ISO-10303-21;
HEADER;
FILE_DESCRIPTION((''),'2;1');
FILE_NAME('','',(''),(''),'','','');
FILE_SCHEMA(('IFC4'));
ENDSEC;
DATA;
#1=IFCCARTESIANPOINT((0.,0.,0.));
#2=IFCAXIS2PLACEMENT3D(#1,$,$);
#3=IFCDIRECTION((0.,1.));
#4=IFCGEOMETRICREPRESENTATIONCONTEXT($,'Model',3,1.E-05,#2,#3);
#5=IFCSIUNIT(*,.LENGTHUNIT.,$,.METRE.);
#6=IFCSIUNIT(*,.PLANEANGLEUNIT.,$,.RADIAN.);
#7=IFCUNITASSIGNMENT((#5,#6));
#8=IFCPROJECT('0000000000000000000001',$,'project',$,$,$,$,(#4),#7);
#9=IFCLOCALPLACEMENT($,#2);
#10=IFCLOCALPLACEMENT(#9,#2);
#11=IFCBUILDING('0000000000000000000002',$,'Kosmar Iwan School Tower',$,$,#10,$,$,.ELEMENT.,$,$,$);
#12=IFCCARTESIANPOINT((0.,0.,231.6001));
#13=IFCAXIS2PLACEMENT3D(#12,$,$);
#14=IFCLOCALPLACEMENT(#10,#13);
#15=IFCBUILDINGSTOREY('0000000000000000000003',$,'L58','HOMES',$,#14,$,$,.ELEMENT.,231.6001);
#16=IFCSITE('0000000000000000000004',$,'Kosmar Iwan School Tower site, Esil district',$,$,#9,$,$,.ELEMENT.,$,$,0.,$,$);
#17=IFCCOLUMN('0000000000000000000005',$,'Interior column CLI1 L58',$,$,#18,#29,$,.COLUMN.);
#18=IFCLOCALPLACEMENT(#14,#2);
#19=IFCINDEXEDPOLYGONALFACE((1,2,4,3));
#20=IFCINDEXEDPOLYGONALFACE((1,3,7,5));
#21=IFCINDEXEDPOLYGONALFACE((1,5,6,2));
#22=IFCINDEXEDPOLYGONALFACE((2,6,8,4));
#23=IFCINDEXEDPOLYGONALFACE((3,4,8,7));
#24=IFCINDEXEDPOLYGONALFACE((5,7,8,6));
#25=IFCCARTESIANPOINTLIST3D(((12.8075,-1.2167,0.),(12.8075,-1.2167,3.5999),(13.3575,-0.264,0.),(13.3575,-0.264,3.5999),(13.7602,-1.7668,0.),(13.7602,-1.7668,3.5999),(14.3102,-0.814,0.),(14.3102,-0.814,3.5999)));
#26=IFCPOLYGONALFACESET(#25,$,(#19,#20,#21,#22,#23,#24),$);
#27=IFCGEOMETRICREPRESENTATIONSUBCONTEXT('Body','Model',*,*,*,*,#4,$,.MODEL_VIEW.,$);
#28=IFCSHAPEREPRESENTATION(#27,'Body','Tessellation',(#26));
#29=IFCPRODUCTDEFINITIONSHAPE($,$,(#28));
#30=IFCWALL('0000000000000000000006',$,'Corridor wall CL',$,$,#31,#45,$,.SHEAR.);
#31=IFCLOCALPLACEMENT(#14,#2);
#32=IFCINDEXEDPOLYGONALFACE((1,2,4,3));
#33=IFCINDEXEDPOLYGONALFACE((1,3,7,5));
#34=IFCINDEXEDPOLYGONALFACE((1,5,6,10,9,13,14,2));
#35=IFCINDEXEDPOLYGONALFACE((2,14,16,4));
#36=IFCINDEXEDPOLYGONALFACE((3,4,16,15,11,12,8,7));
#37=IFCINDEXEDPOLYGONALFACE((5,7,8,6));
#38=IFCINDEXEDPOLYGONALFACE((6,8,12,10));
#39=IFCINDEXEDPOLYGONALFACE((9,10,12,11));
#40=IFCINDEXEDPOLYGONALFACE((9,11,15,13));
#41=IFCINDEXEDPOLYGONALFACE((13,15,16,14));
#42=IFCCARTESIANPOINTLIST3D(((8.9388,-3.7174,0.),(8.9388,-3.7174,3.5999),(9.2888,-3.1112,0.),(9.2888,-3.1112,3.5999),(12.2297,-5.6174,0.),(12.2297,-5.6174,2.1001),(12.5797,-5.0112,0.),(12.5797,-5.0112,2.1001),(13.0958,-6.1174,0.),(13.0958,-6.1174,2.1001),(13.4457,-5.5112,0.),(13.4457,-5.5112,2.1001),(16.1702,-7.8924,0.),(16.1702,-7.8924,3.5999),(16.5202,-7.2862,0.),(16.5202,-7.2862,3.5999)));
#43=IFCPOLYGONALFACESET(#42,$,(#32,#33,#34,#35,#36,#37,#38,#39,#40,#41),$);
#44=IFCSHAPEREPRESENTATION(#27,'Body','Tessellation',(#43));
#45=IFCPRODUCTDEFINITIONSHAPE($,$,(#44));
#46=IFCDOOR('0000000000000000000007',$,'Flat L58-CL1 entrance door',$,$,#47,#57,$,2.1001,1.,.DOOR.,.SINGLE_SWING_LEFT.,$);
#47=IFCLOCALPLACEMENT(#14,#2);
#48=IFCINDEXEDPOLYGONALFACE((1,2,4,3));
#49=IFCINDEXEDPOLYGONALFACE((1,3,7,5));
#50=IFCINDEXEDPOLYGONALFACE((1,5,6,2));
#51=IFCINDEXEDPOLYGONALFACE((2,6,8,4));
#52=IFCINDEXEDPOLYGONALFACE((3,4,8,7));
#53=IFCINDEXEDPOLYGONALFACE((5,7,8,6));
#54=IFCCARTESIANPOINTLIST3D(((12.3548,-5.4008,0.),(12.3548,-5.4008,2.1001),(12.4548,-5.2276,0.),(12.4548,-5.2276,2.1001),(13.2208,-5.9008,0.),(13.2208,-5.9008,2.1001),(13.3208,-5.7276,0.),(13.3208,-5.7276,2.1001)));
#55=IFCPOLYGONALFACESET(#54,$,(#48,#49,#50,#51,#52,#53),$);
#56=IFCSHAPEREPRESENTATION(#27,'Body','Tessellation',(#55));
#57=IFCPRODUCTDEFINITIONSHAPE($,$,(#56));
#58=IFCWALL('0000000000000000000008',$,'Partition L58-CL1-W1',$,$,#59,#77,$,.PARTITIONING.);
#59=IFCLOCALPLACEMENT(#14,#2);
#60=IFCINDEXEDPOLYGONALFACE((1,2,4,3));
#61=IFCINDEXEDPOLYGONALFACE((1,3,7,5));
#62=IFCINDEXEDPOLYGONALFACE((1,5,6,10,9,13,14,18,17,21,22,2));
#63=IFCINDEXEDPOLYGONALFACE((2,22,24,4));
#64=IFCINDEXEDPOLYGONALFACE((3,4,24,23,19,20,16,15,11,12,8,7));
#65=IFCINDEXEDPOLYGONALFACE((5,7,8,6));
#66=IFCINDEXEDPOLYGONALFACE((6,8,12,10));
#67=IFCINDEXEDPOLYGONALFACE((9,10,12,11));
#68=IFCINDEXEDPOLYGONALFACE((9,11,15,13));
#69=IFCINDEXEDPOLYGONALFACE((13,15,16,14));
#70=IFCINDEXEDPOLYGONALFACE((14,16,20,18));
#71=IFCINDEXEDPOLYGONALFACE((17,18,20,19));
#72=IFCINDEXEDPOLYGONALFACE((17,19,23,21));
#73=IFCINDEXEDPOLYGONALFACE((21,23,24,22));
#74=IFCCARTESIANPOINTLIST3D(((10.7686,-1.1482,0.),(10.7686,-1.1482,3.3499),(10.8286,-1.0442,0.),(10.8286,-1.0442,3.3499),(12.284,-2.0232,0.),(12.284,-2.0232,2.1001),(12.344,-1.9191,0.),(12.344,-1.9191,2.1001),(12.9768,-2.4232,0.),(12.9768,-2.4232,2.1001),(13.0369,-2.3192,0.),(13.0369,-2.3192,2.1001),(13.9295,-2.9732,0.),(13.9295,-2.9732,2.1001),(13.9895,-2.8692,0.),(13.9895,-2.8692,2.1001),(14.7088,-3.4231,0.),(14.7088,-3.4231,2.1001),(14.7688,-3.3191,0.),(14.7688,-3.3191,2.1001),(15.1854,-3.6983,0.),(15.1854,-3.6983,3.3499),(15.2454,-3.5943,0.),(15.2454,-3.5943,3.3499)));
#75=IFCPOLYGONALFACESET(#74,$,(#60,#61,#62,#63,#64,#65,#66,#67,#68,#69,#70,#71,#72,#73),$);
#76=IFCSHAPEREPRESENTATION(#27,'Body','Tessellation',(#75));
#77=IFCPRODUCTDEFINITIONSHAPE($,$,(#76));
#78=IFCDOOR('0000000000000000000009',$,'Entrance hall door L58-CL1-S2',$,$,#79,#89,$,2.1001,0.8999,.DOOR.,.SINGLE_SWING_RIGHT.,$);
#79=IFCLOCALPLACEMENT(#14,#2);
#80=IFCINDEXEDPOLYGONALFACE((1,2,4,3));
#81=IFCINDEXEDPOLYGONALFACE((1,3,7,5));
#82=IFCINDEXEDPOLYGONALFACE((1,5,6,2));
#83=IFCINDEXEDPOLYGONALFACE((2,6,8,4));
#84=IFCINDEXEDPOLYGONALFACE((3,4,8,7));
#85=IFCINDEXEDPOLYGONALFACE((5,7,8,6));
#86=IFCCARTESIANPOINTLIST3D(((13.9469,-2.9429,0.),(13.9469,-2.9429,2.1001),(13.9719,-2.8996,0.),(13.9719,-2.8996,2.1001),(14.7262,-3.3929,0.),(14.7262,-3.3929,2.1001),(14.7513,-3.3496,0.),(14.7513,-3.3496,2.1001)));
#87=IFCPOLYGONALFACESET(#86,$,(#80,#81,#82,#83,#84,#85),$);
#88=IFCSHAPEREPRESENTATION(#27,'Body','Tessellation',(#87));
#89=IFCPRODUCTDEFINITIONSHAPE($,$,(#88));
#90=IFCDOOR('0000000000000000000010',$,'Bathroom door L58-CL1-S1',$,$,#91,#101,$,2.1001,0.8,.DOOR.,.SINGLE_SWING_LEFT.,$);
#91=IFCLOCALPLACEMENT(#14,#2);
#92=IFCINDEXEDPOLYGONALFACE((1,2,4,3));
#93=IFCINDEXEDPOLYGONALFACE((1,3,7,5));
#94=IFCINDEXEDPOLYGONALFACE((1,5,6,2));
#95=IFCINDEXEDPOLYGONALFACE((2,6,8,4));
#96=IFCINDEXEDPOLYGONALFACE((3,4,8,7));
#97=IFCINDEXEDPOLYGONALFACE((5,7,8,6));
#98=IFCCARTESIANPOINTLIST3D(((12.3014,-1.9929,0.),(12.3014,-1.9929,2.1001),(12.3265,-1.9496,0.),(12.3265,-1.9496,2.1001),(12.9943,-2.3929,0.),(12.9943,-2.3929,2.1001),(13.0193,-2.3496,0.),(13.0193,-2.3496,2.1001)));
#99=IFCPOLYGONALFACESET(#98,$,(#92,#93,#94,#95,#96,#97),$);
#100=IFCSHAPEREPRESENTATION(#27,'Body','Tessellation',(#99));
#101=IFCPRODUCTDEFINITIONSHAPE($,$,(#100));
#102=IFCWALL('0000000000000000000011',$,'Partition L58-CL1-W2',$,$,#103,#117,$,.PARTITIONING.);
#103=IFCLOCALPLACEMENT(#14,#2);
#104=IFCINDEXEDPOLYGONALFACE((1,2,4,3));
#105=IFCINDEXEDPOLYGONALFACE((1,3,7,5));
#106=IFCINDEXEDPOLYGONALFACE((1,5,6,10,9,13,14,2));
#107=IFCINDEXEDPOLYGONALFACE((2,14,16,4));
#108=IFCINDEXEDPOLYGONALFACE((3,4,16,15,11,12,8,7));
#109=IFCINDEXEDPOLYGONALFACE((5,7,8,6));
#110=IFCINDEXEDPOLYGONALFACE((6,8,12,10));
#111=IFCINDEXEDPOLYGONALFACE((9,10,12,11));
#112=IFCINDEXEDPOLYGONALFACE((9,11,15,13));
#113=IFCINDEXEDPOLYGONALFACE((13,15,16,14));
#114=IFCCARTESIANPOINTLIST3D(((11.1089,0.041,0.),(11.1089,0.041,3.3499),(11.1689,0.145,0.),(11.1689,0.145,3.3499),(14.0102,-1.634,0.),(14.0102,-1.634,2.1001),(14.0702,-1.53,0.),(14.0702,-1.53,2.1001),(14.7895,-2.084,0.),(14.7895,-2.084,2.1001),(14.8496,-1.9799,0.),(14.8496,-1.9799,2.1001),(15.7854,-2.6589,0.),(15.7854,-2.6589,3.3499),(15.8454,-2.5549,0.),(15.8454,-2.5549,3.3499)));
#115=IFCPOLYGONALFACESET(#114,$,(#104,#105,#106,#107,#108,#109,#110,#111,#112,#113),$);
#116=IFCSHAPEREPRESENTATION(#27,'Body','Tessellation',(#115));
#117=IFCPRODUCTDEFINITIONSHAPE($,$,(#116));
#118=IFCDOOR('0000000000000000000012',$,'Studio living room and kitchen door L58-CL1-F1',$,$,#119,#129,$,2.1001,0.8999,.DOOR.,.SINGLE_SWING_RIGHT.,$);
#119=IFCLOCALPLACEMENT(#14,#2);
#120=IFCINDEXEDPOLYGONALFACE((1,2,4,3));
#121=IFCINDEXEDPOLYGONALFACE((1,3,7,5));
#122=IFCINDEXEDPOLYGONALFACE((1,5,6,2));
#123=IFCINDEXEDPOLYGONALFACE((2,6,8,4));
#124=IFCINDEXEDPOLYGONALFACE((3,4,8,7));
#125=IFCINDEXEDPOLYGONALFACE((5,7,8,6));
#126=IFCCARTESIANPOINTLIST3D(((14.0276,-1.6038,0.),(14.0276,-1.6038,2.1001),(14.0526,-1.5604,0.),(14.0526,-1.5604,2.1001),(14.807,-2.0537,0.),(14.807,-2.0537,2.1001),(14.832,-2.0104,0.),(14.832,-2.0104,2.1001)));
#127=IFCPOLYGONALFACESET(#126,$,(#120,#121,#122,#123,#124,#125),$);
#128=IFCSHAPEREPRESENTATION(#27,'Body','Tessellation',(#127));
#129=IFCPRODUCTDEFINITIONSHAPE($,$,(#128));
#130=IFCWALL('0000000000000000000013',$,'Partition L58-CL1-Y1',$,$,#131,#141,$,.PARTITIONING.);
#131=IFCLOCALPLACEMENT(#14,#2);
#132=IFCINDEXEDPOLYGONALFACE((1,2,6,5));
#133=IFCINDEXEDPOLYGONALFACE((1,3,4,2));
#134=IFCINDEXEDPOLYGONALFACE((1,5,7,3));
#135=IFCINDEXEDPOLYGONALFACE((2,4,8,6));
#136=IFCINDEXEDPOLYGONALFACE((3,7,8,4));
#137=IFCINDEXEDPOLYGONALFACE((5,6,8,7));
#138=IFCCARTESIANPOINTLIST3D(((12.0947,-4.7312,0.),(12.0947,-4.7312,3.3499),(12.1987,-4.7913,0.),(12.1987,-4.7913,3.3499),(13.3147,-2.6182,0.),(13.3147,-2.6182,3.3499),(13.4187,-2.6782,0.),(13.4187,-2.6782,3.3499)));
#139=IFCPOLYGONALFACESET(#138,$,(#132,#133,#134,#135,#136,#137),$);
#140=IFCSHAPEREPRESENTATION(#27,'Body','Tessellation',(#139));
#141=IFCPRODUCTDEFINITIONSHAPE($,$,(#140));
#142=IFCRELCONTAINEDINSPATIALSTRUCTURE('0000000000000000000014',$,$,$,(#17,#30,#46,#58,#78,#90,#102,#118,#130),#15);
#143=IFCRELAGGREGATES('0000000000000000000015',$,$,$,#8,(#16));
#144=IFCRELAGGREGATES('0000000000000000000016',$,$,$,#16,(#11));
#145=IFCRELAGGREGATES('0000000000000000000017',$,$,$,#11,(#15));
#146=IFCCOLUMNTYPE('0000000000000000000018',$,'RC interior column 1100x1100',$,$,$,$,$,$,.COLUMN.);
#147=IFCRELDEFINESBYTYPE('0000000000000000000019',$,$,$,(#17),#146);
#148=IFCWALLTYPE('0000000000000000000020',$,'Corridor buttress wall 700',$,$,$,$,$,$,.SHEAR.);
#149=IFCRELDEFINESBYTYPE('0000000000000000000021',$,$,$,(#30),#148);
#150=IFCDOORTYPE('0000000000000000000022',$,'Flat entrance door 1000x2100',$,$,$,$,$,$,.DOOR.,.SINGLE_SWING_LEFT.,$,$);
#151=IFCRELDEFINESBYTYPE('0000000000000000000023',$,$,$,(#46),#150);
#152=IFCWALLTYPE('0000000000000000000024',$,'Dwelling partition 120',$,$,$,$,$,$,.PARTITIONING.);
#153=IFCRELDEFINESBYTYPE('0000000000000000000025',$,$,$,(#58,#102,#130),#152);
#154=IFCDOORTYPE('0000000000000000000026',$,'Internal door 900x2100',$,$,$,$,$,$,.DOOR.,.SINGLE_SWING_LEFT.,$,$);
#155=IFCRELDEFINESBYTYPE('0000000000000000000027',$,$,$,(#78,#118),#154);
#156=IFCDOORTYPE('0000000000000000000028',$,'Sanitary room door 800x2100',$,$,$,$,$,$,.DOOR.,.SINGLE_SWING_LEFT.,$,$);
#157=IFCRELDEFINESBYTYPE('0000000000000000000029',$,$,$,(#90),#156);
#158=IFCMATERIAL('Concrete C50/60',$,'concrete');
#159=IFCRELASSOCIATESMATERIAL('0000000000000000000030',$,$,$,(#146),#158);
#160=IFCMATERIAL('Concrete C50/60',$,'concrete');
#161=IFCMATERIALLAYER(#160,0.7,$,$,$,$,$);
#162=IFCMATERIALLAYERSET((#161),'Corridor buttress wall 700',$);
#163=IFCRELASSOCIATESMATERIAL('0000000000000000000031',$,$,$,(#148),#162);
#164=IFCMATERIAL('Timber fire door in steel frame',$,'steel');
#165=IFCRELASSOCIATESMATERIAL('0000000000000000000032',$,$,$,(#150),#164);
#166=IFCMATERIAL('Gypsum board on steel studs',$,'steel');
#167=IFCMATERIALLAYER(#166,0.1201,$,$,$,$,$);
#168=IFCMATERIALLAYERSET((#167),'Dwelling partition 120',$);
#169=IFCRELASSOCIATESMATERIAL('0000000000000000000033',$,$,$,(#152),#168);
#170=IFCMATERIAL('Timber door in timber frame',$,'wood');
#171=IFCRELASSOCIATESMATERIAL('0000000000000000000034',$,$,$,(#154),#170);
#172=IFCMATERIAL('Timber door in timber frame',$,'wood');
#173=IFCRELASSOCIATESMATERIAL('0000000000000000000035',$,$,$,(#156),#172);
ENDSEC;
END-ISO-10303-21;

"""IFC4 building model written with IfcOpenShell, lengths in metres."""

from ifc_helpers import new_model, si_unit, direction, frame, frame_2d, origin, origin_2d, place, context, subcontext, project, spatial, rectangle, extrude, material, layer, layer_set, material_profile, profile_set, type_object, element, fill, save


model = new_model("IFC4")

# Units and contexts
model_context = context("Model", 3, precision=1e-05, world=origin(), true_north=direction((0.0, 1.0)))
body_context = subcontext(model_context, "Body", "Model", "MODEL_VIEW")
ifc_project = project(units=[si_unit("LENGTHUNIT", "METRE"), si_unit("PLANEANGLEUNIT", "RADIAN")], contexts=[model_context])

# Site, building, storey
site_placement = place(None, origin())
site = spatial("IfcSite", under=ifc_project, at=site_placement, Name="Kosmar Iwan School Tower site, Esil district", CompositionType="ELEMENT", RefElevation=0.0)
building_placement = place(site_placement, origin())
building = spatial("IfcBuilding", under=site, at=building_placement, Name="Kosmar Iwan School Tower", CompositionType="ELEMENT")
storey_placement = place(building_placement, frame((0.0, 0.0, 231.6001)))
storey = spatial("IfcBuildingStorey", under=building, at=storey_placement, Name="L58", Description="HOMES", CompositionType="ELEMENT", Elevation=231.6001)

# Column
ifc_material_1 = material(Name="Concrete C50/60", Category="concrete")
ifc_material_profile = material_profile(ifc_material_1, rectangle(XDim=1.1001, YDim=1.1001, at=origin_2d()), Name="RC 1100x1100")
ifc_profile_set = profile_set([ifc_material_profile], Name="Concrete C50/60")
column_type = type_object("IfcColumnType", Name="RC interior column 1100x1100", PredefinedType="COLUMN", material=ifc_profile_set)
column_placement = place(storey_placement, frame((13.5588, -1.0154, 0.0), z_axis=(0.0, 0.0, 1.0), x_axis=(0.866025, -0.5, 0.0)))
element("IfcColumn", 1, at=column_placement, inside=storey, type_object=column_type, Name="Interior column CLI1 L58", PredefinedType="COLUMN", context=body_context, shape_type="SweptSolid", body=[
    extrude(rectangle(XDim=1.1001, YDim=1.1001, at=origin_2d()), origin(), (0.0, 0.0, 1.0), 3.5999),
])

# Wall, opening, door
ifc_material_2 = material(Name="Concrete C50/60", Category="concrete")
ifc_layer_1 = layer(ifc_material_2, 0.7)
ifc_layer_set_1 = layer_set([ifc_layer_1], Name="Corridor buttress wall 700")
wall_type_1 = type_object("IfcWallType", Name="Corridor buttress wall 700", PredefinedType="SHEAR", material=ifc_layer_set_1)
wall_1_placement = place(storey_placement, frame((9.1138, -3.4143, 0.0), z_axis=(0.0, 0.0, 1.0), x_axis=(0.866027, -0.499997, 0.0)))
wall_1 = element("IfcWall", 2, at=wall_1_placement, inside=storey, type_object=wall_type_1, Name="Corridor wall CL", PredefinedType="SHEAR", context=body_context, shape_type="SweptSolid", body=[
    extrude(rectangle(XDim=8.3501, YDim=0.7, at=frame_2d((4.175, 0.0))), origin(), (0.0, 0.0, 1.0), 3.5999),
])
opening_1_placement = place(wall_1_placement, frame((3.8, 0.0, 0.0)))
opening_1 = element("IfcOpeningElement", 3, at=opening_1_placement, cuts=wall_1, PredefinedType="OPENING", context=body_context, shape_type="SweptSolid", body=[
    extrude(rectangle(XDim=1.0, YDim=2.1001, at=frame_2d((0.5, 1.05))), frame((0.0, 0.3621, 0.0), z_axis=(0.0, -1.0, 0.0), x_axis=(1.0, 0.0, 0.0)), (0.0, 0.0, 1.0), 0.7239),
])
ifc_material_3 = material(Name="Timber fire door in steel frame", Category="steel")
door_type_1 = type_object("IfcDoorType", Name="Flat entrance door 1000x2100", OperationType="SINGLE_SWING_LEFT", PredefinedType="DOOR", material=ifc_material_3)
door_1_placement = place(opening_1_placement, origin())
door_1 = element("IfcDoor", 4, at=door_1_placement, inside=storey, type_object=door_type_1, Name="Flat L58-CL1 entrance door", OperationType="SINGLE_SWING_LEFT", OverallHeight=2.1001, OverallWidth=1.0, PredefinedType="DOOR", context=body_context, shape_type="SweptSolid", body=[
    extrude(rectangle(XDim=1.0, YDim=2.1001, at=frame_2d((0.5, 1.05))), frame((0.0, 0.1001, 0.0), z_axis=(0.0, -1.0, 0.0), x_axis=(1.0, 0.0, 0.0)), (0.0, 0.0, 1.0), 0.2),
])
fill(opening_1, door_1)

# Wall, openings, doors
ifc_material_4 = material(Name="Gypsum board on steel studs", Category="steel")
ifc_layer_2 = layer(ifc_material_4, 0.1201)
ifc_layer_set_2 = layer_set([ifc_layer_2], Name="Dwelling partition 120")
wall_type_2 = type_object("IfcWallType", Name="Dwelling partition 120", PredefinedType="PARTITIONING", material=ifc_layer_set_2)
wall_2_placement = place(storey_placement, frame((10.7986, -1.0962, 0.0), z_axis=(0.0, 0.0, 1.0), x_axis=(0.866022, -0.500006, 0.0)))
wall_2 = element("IfcWall", 5, at=wall_2_placement, inside=storey, type_object=wall_type_2, Name="Partition L58-CL1-W1", PredefinedType="PARTITIONING", context=body_context, shape_type="SweptSolid", body=[
    extrude(rectangle(XDim=5.1001, YDim=0.1201, at=frame_2d((2.55, 0.0))), origin(), (0.0, 0.0, 1.0), 3.3499),
])
opening_2_placement = place(wall_2_placement, frame((1.75, 0.0, 0.0)))
opening_2 = element("IfcOpeningElement", 6, at=opening_2_placement, cuts=wall_2, PredefinedType="OPENING", context=body_context, shape_type="SweptSolid", body=[
    extrude(rectangle(XDim=0.8, YDim=2.1001, at=frame_2d((0.3999, 1.05))), frame((0.0, 0.072, 0.0), z_axis=(0.0, -1.0, 0.0), x_axis=(1.0, 0.0, 0.0)), (0.0, 0.0, 1.0), 0.144),
])
opening_3_placement = place(wall_2_placement, frame((3.6499, 0.0, 0.0)))
opening_3 = element("IfcOpeningElement", 7, at=opening_3_placement, cuts=wall_2, PredefinedType="OPENING", context=body_context, shape_type="SweptSolid", body=[
    extrude(rectangle(XDim=0.8999, YDim=2.1001, at=frame_2d((0.45, 1.05))), frame((0.0, 0.072, 0.0), z_axis=(0.0, -1.0, 0.0), x_axis=(1.0, 0.0, 0.0)), (0.0, 0.0, 1.0), 0.144),
])
ifc_material_5 = material(Name="Timber door in timber frame", Category="wood")
door_type_2 = type_object("IfcDoorType", Name="Internal door 900x2100", OperationType="SINGLE_SWING_LEFT", PredefinedType="DOOR", material=ifc_material_5)
door_2_placement = place(opening_3_placement, origin())
door_2 = element("IfcDoor", 8, at=door_2_placement, inside=storey, type_object=door_type_2, Name="Entrance hall door L58-CL1-S2", OperationType="SINGLE_SWING_RIGHT", OverallHeight=2.1001, OverallWidth=0.8999, PredefinedType="DOOR", context=body_context, shape_type="SweptSolid", body=[
    extrude(rectangle(XDim=0.8999, YDim=2.1001, at=frame_2d((0.45, 1.05))), frame((0.0, 0.0249, 0.0), z_axis=(0.0, -1.0, 0.0), x_axis=(1.0, 0.0, 0.0)), (0.0, 0.0, 1.0), 0.05),
])
fill(opening_3, door_2)
ifc_material_6 = material(Name="Timber door in timber frame", Category="wood")
door_type_3 = type_object("IfcDoorType", Name="Sanitary room door 800x2100", OperationType="SINGLE_SWING_LEFT", PredefinedType="DOOR", material=ifc_material_6)
door_3_placement = place(opening_2_placement, origin())
door_3 = element("IfcDoor", 9, at=door_3_placement, inside=storey, type_object=door_type_3, Name="Bathroom door L58-CL1-S1", OperationType="SINGLE_SWING_LEFT", OverallHeight=2.1001, OverallWidth=0.8, PredefinedType="DOOR", context=body_context, shape_type="SweptSolid", body=[
    extrude(rectangle(XDim=0.8, YDim=2.1001, at=frame_2d((0.3999, 1.05))), frame((0.0, 0.0249, 0.0), z_axis=(0.0, -1.0, 0.0), x_axis=(1.0, 0.0, 0.0)), (0.0, 0.0, 1.0), 0.05),
])
fill(opening_2, door_3)

# Wall, opening, door
wall_3_placement = place(storey_placement, frame((11.1389, 0.093, 0.0), z_axis=(0.0, 0.0, 1.0), x_axis=(0.866028, -0.499995, 0.0)))
wall_3 = element("IfcWall", 10, at=wall_3_placement, inside=storey, type_object=wall_type_2, Name="Partition L58-CL1-W2", PredefinedType="PARTITIONING", context=body_context, shape_type="SweptSolid", body=[
    extrude(rectangle(XDim=5.3999, YDim=0.1201, at=frame_2d((2.7, 0.0))), origin(), (0.0, 0.0, 1.0), 3.3499),
])
opening_4_placement = place(wall_3_placement, frame((3.3501, 0.0, 0.0)))
opening_4 = element("IfcOpeningElement", 11, at=opening_4_placement, cuts=wall_3, PredefinedType="OPENING", context=body_context, shape_type="SweptSolid", body=[
    extrude(rectangle(XDim=0.8999, YDim=2.1001, at=frame_2d((0.45, 1.05))), frame((0.0, 0.072, 0.0), z_axis=(0.0, -1.0, 0.0), x_axis=(1.0, 0.0, 0.0)), (0.0, 0.0, 1.0), 0.144),
])
door_4_placement = place(opening_4_placement, origin())
door_4 = element("IfcDoor", 12, at=door_4_placement, inside=storey, type_object=door_type_2, Name="Studio living room and kitchen door L58-CL1-F1", OperationType="SINGLE_SWING_RIGHT", OverallHeight=2.1001, OverallWidth=0.8999, PredefinedType="DOOR", context=body_context, shape_type="SweptSolid", body=[
    extrude(rectangle(XDim=0.8999, YDim=2.1001, at=frame_2d((0.45, 1.05))), frame((0.0, 0.0249, 0.0), z_axis=(0.0, -1.0, 0.0), x_axis=(1.0, 0.0, 0.0)), (0.0, 0.0, 1.0), 0.05),
])
fill(opening_4, door_4)

# Wall
wall_4_placement = place(storey_placement, frame((12.1467, -4.7612, 0.0), z_axis=(0.0, 0.0, 1.0), x_axis=(0.500003, 0.866024, 0.0)))
element("IfcWall", 13, at=wall_4_placement, inside=storey, type_object=wall_type_2, Name="Partition L58-CL1-Y1", PredefinedType="PARTITIONING", context=body_context, shape_type="SweptSolid", body=[
    extrude(rectangle(XDim=2.4399, YDim=0.1201, at=frame_2d((1.22, 0.0))), origin(), (0.0, 0.0, 1.0), 3.3499),
])

save(model, "model.ifc")
